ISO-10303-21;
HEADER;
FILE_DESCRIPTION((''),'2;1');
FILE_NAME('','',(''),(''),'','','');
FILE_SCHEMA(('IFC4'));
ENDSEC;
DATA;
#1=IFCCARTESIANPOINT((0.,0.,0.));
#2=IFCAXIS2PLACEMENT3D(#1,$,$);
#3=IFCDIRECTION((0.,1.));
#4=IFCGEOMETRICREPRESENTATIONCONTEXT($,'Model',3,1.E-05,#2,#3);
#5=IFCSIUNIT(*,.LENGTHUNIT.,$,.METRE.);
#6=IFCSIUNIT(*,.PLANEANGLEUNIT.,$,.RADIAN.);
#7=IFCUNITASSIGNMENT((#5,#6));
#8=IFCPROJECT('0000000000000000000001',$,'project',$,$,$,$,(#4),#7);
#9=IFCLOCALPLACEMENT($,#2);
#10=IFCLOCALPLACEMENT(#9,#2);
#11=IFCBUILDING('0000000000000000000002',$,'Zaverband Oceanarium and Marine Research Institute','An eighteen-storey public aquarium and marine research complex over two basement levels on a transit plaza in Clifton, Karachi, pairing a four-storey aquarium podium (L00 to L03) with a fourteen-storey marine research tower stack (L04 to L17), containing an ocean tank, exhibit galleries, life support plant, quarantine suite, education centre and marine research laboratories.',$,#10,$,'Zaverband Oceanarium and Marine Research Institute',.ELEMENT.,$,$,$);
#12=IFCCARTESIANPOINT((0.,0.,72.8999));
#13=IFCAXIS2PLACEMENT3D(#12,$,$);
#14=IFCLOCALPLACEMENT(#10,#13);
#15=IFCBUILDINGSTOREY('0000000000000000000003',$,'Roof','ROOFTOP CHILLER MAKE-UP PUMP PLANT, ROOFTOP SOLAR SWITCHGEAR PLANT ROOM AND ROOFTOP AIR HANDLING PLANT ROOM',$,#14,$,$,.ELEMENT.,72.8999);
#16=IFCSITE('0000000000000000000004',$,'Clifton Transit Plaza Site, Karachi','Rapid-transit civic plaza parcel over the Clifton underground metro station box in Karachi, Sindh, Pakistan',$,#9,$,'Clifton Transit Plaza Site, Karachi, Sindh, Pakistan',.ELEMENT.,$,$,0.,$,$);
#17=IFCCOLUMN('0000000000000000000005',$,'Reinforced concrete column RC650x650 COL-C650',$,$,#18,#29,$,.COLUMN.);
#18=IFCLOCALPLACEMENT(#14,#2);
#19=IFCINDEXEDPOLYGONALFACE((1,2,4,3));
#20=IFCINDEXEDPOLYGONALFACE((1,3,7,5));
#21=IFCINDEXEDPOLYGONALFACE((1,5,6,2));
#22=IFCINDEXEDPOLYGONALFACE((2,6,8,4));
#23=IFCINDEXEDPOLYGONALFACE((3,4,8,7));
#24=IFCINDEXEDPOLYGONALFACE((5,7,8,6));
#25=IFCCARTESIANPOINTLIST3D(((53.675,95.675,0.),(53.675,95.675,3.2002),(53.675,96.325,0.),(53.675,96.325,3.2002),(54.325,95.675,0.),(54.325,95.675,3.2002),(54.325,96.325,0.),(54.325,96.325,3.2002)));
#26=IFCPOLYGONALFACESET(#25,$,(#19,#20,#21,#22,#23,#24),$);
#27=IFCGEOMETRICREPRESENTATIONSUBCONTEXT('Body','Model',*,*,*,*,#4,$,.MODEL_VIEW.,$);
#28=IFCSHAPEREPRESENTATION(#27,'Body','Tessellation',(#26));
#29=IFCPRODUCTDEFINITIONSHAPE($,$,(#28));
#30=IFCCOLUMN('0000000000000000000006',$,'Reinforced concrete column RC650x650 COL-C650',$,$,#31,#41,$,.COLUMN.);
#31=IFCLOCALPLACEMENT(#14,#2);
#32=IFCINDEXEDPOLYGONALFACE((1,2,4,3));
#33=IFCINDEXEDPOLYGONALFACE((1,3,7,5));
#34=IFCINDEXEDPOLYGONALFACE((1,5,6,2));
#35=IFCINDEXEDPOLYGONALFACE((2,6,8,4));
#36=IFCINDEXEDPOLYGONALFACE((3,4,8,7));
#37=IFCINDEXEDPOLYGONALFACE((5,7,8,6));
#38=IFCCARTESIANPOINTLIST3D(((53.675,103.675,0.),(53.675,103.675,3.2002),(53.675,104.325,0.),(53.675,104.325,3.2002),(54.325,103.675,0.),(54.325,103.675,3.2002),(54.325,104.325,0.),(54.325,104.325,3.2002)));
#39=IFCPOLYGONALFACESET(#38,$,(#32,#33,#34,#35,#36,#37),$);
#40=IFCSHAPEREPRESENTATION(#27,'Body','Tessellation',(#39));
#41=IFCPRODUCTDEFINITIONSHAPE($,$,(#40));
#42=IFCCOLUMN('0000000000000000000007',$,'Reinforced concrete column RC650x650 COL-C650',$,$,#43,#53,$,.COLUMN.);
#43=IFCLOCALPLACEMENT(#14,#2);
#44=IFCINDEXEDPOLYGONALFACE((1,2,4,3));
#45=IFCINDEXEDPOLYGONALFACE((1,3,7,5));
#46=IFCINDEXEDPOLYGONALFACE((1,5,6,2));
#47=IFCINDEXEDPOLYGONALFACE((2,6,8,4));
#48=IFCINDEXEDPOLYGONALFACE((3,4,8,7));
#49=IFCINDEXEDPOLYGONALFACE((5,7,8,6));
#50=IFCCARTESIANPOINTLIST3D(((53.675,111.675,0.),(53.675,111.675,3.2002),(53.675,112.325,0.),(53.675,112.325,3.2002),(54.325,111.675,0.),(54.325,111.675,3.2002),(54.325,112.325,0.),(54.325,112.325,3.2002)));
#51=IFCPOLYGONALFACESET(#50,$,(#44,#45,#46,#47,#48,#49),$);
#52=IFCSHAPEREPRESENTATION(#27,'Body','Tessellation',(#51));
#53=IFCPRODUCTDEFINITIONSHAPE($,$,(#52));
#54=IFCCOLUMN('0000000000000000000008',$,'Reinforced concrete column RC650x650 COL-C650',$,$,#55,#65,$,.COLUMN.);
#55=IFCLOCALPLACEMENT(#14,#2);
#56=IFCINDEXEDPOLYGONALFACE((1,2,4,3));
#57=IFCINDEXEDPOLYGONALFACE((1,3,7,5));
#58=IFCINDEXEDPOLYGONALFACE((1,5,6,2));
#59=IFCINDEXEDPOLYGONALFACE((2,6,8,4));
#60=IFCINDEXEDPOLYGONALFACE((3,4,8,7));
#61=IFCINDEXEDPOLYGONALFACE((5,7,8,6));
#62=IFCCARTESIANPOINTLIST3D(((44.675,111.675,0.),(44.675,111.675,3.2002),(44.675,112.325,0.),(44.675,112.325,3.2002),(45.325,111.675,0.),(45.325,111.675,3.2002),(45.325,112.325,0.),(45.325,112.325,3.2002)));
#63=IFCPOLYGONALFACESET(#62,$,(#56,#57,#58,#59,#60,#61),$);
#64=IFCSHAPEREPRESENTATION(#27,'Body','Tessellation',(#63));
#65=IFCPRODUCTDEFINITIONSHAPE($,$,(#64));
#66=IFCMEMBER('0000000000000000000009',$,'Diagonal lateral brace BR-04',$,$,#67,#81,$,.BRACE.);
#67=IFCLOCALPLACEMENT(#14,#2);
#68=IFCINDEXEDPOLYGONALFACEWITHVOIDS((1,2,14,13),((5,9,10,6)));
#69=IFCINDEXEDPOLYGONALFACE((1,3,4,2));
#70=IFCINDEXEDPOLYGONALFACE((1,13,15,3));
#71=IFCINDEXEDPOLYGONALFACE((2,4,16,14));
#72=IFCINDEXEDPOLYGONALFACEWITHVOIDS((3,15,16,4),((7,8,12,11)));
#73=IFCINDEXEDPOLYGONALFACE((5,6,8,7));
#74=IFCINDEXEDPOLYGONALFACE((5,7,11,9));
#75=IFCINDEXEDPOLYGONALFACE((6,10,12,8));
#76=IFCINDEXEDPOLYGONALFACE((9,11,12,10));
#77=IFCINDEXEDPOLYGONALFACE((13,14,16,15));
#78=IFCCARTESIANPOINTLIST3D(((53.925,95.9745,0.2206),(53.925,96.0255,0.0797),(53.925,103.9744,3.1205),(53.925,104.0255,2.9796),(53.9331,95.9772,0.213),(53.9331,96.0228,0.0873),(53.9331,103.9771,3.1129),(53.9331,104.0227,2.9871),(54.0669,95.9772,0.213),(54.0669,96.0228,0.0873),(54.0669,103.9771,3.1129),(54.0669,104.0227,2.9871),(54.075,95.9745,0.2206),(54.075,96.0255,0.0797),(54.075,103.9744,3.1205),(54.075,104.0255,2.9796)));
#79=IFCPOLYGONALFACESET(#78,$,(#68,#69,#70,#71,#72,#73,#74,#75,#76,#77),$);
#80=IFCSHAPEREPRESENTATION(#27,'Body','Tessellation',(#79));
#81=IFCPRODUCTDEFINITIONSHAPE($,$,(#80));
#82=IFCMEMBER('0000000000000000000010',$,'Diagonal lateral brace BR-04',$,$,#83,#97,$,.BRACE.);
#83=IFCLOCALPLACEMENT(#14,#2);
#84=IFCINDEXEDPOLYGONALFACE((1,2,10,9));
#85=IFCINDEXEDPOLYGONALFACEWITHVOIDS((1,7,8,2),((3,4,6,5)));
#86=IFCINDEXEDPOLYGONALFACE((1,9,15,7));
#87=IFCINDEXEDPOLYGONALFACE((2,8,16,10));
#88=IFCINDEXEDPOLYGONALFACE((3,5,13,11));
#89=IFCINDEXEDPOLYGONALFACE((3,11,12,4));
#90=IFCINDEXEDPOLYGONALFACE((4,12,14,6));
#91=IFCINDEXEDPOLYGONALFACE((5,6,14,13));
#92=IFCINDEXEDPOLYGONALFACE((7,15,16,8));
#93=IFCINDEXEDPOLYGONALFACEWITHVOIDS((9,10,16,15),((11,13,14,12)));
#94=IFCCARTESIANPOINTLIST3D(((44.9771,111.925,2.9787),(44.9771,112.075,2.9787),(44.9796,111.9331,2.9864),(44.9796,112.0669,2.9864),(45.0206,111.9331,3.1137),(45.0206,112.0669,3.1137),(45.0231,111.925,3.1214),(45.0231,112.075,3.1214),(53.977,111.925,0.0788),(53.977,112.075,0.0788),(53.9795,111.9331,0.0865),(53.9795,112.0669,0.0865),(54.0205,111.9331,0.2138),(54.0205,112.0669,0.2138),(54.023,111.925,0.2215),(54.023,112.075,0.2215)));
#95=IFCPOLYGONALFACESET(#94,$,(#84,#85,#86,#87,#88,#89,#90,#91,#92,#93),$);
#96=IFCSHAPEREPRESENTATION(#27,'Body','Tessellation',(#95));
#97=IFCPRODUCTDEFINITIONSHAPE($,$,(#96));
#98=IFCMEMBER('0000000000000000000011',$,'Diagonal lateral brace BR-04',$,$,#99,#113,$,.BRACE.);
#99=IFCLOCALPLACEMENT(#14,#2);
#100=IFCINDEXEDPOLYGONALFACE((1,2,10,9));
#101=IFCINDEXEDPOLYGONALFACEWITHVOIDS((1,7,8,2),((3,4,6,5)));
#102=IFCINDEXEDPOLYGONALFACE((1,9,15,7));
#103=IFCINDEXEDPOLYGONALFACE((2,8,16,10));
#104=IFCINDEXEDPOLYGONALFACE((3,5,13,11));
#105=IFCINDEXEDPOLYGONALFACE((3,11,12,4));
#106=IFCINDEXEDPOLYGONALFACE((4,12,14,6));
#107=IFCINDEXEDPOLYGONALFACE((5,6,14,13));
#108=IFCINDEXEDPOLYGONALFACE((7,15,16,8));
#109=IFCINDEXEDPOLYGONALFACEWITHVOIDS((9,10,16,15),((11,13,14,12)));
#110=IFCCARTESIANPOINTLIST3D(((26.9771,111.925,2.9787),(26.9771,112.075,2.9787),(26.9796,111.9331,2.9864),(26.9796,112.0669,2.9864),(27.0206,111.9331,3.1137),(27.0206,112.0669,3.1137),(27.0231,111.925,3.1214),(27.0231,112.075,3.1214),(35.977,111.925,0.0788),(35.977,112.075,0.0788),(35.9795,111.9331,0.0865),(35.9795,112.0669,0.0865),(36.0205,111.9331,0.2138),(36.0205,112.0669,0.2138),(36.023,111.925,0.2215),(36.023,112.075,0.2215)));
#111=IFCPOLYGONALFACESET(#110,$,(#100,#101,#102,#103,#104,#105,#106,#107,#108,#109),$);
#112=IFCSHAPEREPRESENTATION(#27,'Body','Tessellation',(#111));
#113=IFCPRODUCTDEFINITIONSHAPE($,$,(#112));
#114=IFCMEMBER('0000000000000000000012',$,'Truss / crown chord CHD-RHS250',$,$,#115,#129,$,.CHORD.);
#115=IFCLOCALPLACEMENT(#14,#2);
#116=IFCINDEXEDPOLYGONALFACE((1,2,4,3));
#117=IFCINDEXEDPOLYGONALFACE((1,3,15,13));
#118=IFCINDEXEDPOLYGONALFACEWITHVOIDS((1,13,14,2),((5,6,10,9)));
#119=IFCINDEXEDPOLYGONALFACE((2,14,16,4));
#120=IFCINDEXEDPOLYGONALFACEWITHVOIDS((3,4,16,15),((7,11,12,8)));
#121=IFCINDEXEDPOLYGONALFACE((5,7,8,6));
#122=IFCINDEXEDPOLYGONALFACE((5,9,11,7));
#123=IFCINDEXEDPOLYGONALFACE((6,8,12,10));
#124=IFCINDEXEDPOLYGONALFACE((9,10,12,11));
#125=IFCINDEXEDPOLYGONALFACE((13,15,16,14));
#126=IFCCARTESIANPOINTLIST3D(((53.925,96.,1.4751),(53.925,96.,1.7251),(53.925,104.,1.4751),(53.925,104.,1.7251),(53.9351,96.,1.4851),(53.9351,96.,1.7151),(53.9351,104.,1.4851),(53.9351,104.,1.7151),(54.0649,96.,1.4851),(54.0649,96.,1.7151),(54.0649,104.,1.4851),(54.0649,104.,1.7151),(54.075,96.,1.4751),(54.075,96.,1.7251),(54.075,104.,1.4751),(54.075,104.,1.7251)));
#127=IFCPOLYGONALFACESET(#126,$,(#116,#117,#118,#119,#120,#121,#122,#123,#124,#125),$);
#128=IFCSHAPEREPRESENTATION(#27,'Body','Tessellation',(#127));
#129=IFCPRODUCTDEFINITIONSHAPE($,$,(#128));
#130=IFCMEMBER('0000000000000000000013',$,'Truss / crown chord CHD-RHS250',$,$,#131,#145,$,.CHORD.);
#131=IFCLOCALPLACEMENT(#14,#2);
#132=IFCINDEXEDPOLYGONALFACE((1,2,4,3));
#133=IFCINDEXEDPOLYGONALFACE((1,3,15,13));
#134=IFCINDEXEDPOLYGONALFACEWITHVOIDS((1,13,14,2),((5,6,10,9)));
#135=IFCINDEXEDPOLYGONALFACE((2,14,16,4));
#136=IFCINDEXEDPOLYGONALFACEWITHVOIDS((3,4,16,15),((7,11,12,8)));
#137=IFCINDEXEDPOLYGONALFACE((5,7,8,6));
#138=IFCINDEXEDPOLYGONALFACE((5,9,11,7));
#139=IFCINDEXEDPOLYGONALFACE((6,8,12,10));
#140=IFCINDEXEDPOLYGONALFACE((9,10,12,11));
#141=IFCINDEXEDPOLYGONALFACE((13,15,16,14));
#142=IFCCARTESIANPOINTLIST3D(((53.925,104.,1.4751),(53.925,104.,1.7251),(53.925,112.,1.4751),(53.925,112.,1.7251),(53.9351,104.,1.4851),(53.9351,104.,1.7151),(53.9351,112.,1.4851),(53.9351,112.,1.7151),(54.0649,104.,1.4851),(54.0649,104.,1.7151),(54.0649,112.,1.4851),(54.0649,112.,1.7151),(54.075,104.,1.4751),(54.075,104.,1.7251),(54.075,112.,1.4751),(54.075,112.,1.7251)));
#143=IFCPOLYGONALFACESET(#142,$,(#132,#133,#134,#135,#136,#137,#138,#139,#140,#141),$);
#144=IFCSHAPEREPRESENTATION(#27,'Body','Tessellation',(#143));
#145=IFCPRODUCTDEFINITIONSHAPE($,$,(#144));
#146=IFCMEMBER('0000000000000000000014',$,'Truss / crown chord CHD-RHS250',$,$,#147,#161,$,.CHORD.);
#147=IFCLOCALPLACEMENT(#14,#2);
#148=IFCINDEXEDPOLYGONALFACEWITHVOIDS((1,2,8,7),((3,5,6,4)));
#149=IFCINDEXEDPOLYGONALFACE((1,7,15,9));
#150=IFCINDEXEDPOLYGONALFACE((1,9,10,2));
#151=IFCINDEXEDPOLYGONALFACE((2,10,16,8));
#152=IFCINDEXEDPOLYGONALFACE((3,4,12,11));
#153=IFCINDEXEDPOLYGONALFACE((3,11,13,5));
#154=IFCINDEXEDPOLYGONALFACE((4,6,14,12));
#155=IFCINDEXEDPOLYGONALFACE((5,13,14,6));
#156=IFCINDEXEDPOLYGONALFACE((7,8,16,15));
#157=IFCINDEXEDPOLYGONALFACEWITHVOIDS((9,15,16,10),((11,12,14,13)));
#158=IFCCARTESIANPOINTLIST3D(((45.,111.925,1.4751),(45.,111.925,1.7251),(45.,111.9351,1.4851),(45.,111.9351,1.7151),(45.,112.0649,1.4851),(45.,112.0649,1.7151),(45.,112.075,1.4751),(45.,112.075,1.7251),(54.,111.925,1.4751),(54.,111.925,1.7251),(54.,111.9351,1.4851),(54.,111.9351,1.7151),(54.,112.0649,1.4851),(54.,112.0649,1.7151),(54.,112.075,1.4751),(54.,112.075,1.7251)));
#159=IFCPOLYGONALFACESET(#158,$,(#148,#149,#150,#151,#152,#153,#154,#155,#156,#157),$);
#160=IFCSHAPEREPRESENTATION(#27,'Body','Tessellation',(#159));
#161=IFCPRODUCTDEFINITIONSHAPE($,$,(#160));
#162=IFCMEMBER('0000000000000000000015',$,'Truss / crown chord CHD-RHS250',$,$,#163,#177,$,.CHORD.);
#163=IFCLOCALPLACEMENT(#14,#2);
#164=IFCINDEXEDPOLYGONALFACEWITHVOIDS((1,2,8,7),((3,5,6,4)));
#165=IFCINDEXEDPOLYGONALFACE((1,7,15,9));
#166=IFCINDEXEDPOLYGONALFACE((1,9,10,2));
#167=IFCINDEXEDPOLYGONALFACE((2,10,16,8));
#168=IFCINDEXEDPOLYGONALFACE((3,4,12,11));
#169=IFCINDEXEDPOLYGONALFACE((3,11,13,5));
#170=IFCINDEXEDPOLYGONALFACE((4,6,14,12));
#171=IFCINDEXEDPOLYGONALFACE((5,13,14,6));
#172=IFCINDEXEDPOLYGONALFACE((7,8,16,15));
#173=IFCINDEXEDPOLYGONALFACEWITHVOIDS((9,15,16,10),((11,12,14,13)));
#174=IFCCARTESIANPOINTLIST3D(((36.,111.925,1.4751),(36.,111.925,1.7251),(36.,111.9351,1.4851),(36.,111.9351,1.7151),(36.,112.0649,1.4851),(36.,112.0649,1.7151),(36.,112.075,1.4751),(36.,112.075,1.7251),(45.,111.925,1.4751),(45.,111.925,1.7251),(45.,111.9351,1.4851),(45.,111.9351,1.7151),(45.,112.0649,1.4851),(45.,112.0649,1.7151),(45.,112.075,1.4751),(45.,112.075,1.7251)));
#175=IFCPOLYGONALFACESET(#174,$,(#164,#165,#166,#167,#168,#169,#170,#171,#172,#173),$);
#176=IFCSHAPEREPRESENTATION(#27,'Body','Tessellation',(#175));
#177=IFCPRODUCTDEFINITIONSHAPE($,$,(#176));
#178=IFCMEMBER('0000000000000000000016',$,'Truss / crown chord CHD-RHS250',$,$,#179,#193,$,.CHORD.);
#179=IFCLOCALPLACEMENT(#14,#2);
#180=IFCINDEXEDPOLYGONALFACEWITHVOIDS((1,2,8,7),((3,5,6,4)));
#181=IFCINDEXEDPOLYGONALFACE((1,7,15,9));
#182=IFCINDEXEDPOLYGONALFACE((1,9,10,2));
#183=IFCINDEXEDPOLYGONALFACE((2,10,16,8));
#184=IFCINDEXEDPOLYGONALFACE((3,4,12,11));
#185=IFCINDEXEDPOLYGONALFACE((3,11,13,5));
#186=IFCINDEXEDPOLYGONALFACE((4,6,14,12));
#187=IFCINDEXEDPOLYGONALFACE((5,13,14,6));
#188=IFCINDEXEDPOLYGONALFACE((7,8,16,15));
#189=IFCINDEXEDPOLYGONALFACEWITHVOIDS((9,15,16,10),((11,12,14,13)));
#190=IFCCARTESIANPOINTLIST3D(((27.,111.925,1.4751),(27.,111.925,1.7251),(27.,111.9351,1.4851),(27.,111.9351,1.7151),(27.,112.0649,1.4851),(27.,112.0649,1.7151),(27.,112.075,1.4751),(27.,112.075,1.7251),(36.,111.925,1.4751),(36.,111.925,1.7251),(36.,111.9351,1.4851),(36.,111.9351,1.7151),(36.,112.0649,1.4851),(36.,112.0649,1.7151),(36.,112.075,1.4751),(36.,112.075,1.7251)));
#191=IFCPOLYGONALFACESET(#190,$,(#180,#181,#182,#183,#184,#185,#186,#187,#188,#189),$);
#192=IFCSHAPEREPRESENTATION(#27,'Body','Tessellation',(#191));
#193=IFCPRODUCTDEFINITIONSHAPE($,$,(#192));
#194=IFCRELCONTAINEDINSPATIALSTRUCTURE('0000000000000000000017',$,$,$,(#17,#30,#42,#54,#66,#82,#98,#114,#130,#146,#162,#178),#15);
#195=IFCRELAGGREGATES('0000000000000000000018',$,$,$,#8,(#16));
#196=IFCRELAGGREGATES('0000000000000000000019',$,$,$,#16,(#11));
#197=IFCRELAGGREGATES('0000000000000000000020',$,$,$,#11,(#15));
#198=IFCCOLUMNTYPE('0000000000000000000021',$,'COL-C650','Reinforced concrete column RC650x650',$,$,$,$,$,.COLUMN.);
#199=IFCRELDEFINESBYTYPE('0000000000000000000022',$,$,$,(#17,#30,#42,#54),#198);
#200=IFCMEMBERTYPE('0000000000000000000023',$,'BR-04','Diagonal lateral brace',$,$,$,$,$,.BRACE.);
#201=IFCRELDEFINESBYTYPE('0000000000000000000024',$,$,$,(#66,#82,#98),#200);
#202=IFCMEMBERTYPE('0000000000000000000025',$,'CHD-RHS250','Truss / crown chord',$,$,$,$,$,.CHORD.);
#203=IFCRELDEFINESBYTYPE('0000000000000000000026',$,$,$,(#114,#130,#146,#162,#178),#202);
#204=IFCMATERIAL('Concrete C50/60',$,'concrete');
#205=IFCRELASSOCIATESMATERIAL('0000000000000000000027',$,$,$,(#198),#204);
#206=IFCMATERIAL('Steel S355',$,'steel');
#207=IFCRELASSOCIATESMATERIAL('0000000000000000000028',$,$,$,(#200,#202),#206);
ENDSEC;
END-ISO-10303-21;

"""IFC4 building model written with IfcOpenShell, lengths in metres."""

from ifc_helpers import new_model, si_unit, direction, frame, origin, origin_2d, place, context, subcontext, project, spatial, rectangle, hollow_rectangle, extrude, material, material_profile, profile_set, type_object, element, save


model = new_model("IFC4")

# Units and contexts
model_context = context("Model", 3, precision=1e-05, world=origin(), true_north=direction((0.0, 1.0)))
body_context = subcontext(model_context, "Body", "Model", "MODEL_VIEW")
ifc_project = project(units=[si_unit("LENGTHUNIT", "METRE"), si_unit("PLANEANGLEUNIT", "RADIAN")], contexts=[model_context])

# Site, building, storey
site_placement = place(None, origin())
site = spatial("IfcSite", under=ifc_project, at=site_placement, Name="Clifton Transit Plaza Site, Karachi", Description="Rapid-transit civic plaza parcel over the Clifton underground metro station box in Karachi, Sindh, Pakistan", LongName="Clifton Transit Plaza Site, Karachi, Sindh, Pakistan", CompositionType="ELEMENT", RefElevation=0.0)
building_placement = place(site_placement, origin())
building = spatial("IfcBuilding", under=site, at=building_placement, Name="Zaverband Oceanarium and Marine Research Institute", Description="An eighteen-storey public aquarium and marine research complex over two basement levels on a transit plaza in Clifton, Karachi, pairing a four-storey aquarium podium (L00 to L03) with a fourteen-storey marine research tower stack (L04 to L17), containing an ocean tank, exhibit galleries, life support plant, quarantine suite, education centre and marine research laboratories.", LongName="Zaverband Oceanarium and Marine Research Institute", CompositionType="ELEMENT")
storey_placement = place(building_placement, frame((0.0, 0.0, 72.8999)))
storey = spatial("IfcBuildingStorey", under=building, at=storey_placement, Name="Roof", Description="ROOFTOP CHILLER MAKE-UP PUMP PLANT, ROOFTOP SOLAR SWITCHGEAR PLANT ROOM AND ROOFTOP AIR HANDLING PLANT ROOM", CompositionType="ELEMENT", Elevation=72.8999)

# Columns
ifc_material_1 = material(Name="Concrete C50/60", Category="concrete")
ifc_material_profile_1 = material_profile(ifc_material_1, rectangle(XDim=0.6499, YDim=0.6499, at=origin_2d()), Name="RC650x650")
ifc_profile_set_1 = profile_set([ifc_material_profile_1], Name="Concrete C50/60")
column_type = type_object("IfcColumnType", Name="COL-C650", Description="Reinforced concrete column RC650x650", PredefinedType="COLUMN", material=ifc_profile_set_1)
for number, where, z_axis, x_axis, name in (
    (1, (54.0, 96.0, 0.0), (0.0, 0.0, 1.0), (1.0, 0.0, 0.0), "Reinforced concrete column RC650x650 COL-C650"),
    (2, (54.0, 104.0, 0.0), (0.0, 0.0, 1.0), (1.0, 0.0, 0.0), "Reinforced concrete column RC650x650 COL-C650"),
    (3, (54.0, 112.0, 0.0), (0.0, 0.0, 1.0), (1.0, 0.0, 0.0), "Reinforced concrete column RC650x650 COL-C650"),
    (4, (45.0, 112.0, 0.0), (0.0, 0.0, 1.0), (1.0, 0.0, 0.0), "Reinforced concrete column RC650x650 COL-C650"),
):
    element("IfcColumn", number, at=place(storey_placement, frame(where, z_axis=z_axis, x_axis=x_axis)), inside=storey, type_object=column_type, Name=name, PredefinedType="COLUMN", context=body_context, shape_type="SweptSolid", body=[
        extrude(rectangle(XDim=0.6499, YDim=0.6499, at=origin_2d()), origin(), (0.0, 0.0, 1.0), 3.2002),
    ])

# Members
ifc_material_2 = material(Name="Steel S355", Category="steel")
ifc_material_profile_2 = material_profile(ifc_material_2, hollow_rectangle(XDim=0.1499, YDim=0.1499, WallThickness=0.0081, at=origin_2d()), Name="SHS150x150x8")
ifc_profile_set_2 = profile_set([ifc_material_profile_2], Name="Steel S355")
member_type_1 = type_object("IfcMemberType", Name="BR-04", Description="Diagonal lateral brace", PredefinedType="BRACE", material=ifc_profile_set_2)
member_1_placement = place(storey_placement, frame((54.0, 96.0, 0.1501), z_axis=(0.0, 0.94014, 0.340789), x_axis=(-1.0, 0.0, 0.0)))
element("IfcMember", 5, at=member_1_placement, inside=storey, type_object=member_type_1, Name="Diagonal lateral brace BR-04", PredefinedType="BRACE", context=body_context, shape_type="SweptSolid", body=[
    extrude(hollow_rectangle(XDim=0.1499, YDim=0.1499, WallThickness=0.0081, at=origin_2d()), origin(), (0.0, 0.0, 1.0), 8.5093),
])
for number, where, z_axis, x_axis, name in (
    (6, (54.0, 112.0, 0.1501), (-0.951811, 0.0, 0.306684), (0.0, -1.0, 0.0), "Diagonal lateral brace BR-04"),
    (7, (36.0, 112.0, 0.1501), (-0.951811, 0.0, 0.306684), (0.0, -1.0, 0.0), "Diagonal lateral brace BR-04"),
):
    element("IfcMember", number, at=place(storey_placement, frame(where, z_axis=z_axis, x_axis=x_axis)), inside=storey, type_object=member_type_1, Name=name, PredefinedType="BRACE", context=body_context, shape_type="SweptSolid", body=[
        extrude(hollow_rectangle(XDim=0.1499, YDim=0.1499, WallThickness=0.0081, at=origin_2d()), origin(), (0.0, 0.0, 1.0), 9.4556),
    ])
ifc_material_profile_3 = material_profile(ifc_material_2, hollow_rectangle(XDim=0.1499, YDim=0.25, WallThickness=0.01, at=origin_2d()), Name="RHS250x150x10")
ifc_profile_set_3 = profile_set([ifc_material_profile_3], Name="Steel S355")
member_type_2 = type_object("IfcMemberType", Name="CHD-RHS250", Description="Truss / crown chord", PredefinedType="CHORD", material=ifc_profile_set_3)
for number, where, z_axis, x_axis, name in (
    (8, (54.0, 96.0, 1.6001), (0.0, 1.0, 0.0), (-1.0, 0.0, 0.0), "Truss / crown chord CHD-RHS250"),
    (9, (54.0, 104.0, 1.6001), (0.0, 1.0, 0.0), (-1.0, 0.0, 0.0), "Truss / crown chord CHD-RHS250"),
):
    element("IfcMember", number, at=place(storey_placement, frame(where, z_axis=z_axis, x_axis=x_axis)), inside=storey, type_object=member_type_2, Name=name, PredefinedType="CHORD", context=body_context, shape_type="SweptSolid", body=[
        extrude(hollow_rectangle(XDim=0.1499, YDim=0.25, WallThickness=0.01, at=origin_2d()), origin(), (0.0, 0.0, 1.0), 8.0),
    ])
for number, where, z_axis, x_axis, name in (
    (10, (54.0, 112.0, 1.6001), (-1.0, 0.0, 0.0), (0.0, -1.0, 0.0), "Truss / crown chord CHD-RHS250"),
    (11, (45.0, 112.0, 1.6001), (-1.0, 0.0, 0.0), (0.0, -1.0, 0.0), "Truss / crown chord CHD-RHS250"),
    (12, (36.0, 112.0, 1.6001), (-1.0, 0.0, 0.0), (0.0, -1.0, 0.0), "Truss / crown chord CHD-RHS250"),
):
    element("IfcMember", number, at=place(storey_placement, frame(where, z_axis=z_axis, x_axis=x_axis)), inside=storey, type_object=member_type_2, Name=name, PredefinedType="CHORD", context=body_context, shape_type="SweptSolid", body=[
        extrude(hollow_rectangle(XDim=0.1499, YDim=0.25, WallThickness=0.01, at=origin_2d()), origin(), (0.0, 0.0, 1.0), 9.0),
    ])

save(model, "model.ifc")
